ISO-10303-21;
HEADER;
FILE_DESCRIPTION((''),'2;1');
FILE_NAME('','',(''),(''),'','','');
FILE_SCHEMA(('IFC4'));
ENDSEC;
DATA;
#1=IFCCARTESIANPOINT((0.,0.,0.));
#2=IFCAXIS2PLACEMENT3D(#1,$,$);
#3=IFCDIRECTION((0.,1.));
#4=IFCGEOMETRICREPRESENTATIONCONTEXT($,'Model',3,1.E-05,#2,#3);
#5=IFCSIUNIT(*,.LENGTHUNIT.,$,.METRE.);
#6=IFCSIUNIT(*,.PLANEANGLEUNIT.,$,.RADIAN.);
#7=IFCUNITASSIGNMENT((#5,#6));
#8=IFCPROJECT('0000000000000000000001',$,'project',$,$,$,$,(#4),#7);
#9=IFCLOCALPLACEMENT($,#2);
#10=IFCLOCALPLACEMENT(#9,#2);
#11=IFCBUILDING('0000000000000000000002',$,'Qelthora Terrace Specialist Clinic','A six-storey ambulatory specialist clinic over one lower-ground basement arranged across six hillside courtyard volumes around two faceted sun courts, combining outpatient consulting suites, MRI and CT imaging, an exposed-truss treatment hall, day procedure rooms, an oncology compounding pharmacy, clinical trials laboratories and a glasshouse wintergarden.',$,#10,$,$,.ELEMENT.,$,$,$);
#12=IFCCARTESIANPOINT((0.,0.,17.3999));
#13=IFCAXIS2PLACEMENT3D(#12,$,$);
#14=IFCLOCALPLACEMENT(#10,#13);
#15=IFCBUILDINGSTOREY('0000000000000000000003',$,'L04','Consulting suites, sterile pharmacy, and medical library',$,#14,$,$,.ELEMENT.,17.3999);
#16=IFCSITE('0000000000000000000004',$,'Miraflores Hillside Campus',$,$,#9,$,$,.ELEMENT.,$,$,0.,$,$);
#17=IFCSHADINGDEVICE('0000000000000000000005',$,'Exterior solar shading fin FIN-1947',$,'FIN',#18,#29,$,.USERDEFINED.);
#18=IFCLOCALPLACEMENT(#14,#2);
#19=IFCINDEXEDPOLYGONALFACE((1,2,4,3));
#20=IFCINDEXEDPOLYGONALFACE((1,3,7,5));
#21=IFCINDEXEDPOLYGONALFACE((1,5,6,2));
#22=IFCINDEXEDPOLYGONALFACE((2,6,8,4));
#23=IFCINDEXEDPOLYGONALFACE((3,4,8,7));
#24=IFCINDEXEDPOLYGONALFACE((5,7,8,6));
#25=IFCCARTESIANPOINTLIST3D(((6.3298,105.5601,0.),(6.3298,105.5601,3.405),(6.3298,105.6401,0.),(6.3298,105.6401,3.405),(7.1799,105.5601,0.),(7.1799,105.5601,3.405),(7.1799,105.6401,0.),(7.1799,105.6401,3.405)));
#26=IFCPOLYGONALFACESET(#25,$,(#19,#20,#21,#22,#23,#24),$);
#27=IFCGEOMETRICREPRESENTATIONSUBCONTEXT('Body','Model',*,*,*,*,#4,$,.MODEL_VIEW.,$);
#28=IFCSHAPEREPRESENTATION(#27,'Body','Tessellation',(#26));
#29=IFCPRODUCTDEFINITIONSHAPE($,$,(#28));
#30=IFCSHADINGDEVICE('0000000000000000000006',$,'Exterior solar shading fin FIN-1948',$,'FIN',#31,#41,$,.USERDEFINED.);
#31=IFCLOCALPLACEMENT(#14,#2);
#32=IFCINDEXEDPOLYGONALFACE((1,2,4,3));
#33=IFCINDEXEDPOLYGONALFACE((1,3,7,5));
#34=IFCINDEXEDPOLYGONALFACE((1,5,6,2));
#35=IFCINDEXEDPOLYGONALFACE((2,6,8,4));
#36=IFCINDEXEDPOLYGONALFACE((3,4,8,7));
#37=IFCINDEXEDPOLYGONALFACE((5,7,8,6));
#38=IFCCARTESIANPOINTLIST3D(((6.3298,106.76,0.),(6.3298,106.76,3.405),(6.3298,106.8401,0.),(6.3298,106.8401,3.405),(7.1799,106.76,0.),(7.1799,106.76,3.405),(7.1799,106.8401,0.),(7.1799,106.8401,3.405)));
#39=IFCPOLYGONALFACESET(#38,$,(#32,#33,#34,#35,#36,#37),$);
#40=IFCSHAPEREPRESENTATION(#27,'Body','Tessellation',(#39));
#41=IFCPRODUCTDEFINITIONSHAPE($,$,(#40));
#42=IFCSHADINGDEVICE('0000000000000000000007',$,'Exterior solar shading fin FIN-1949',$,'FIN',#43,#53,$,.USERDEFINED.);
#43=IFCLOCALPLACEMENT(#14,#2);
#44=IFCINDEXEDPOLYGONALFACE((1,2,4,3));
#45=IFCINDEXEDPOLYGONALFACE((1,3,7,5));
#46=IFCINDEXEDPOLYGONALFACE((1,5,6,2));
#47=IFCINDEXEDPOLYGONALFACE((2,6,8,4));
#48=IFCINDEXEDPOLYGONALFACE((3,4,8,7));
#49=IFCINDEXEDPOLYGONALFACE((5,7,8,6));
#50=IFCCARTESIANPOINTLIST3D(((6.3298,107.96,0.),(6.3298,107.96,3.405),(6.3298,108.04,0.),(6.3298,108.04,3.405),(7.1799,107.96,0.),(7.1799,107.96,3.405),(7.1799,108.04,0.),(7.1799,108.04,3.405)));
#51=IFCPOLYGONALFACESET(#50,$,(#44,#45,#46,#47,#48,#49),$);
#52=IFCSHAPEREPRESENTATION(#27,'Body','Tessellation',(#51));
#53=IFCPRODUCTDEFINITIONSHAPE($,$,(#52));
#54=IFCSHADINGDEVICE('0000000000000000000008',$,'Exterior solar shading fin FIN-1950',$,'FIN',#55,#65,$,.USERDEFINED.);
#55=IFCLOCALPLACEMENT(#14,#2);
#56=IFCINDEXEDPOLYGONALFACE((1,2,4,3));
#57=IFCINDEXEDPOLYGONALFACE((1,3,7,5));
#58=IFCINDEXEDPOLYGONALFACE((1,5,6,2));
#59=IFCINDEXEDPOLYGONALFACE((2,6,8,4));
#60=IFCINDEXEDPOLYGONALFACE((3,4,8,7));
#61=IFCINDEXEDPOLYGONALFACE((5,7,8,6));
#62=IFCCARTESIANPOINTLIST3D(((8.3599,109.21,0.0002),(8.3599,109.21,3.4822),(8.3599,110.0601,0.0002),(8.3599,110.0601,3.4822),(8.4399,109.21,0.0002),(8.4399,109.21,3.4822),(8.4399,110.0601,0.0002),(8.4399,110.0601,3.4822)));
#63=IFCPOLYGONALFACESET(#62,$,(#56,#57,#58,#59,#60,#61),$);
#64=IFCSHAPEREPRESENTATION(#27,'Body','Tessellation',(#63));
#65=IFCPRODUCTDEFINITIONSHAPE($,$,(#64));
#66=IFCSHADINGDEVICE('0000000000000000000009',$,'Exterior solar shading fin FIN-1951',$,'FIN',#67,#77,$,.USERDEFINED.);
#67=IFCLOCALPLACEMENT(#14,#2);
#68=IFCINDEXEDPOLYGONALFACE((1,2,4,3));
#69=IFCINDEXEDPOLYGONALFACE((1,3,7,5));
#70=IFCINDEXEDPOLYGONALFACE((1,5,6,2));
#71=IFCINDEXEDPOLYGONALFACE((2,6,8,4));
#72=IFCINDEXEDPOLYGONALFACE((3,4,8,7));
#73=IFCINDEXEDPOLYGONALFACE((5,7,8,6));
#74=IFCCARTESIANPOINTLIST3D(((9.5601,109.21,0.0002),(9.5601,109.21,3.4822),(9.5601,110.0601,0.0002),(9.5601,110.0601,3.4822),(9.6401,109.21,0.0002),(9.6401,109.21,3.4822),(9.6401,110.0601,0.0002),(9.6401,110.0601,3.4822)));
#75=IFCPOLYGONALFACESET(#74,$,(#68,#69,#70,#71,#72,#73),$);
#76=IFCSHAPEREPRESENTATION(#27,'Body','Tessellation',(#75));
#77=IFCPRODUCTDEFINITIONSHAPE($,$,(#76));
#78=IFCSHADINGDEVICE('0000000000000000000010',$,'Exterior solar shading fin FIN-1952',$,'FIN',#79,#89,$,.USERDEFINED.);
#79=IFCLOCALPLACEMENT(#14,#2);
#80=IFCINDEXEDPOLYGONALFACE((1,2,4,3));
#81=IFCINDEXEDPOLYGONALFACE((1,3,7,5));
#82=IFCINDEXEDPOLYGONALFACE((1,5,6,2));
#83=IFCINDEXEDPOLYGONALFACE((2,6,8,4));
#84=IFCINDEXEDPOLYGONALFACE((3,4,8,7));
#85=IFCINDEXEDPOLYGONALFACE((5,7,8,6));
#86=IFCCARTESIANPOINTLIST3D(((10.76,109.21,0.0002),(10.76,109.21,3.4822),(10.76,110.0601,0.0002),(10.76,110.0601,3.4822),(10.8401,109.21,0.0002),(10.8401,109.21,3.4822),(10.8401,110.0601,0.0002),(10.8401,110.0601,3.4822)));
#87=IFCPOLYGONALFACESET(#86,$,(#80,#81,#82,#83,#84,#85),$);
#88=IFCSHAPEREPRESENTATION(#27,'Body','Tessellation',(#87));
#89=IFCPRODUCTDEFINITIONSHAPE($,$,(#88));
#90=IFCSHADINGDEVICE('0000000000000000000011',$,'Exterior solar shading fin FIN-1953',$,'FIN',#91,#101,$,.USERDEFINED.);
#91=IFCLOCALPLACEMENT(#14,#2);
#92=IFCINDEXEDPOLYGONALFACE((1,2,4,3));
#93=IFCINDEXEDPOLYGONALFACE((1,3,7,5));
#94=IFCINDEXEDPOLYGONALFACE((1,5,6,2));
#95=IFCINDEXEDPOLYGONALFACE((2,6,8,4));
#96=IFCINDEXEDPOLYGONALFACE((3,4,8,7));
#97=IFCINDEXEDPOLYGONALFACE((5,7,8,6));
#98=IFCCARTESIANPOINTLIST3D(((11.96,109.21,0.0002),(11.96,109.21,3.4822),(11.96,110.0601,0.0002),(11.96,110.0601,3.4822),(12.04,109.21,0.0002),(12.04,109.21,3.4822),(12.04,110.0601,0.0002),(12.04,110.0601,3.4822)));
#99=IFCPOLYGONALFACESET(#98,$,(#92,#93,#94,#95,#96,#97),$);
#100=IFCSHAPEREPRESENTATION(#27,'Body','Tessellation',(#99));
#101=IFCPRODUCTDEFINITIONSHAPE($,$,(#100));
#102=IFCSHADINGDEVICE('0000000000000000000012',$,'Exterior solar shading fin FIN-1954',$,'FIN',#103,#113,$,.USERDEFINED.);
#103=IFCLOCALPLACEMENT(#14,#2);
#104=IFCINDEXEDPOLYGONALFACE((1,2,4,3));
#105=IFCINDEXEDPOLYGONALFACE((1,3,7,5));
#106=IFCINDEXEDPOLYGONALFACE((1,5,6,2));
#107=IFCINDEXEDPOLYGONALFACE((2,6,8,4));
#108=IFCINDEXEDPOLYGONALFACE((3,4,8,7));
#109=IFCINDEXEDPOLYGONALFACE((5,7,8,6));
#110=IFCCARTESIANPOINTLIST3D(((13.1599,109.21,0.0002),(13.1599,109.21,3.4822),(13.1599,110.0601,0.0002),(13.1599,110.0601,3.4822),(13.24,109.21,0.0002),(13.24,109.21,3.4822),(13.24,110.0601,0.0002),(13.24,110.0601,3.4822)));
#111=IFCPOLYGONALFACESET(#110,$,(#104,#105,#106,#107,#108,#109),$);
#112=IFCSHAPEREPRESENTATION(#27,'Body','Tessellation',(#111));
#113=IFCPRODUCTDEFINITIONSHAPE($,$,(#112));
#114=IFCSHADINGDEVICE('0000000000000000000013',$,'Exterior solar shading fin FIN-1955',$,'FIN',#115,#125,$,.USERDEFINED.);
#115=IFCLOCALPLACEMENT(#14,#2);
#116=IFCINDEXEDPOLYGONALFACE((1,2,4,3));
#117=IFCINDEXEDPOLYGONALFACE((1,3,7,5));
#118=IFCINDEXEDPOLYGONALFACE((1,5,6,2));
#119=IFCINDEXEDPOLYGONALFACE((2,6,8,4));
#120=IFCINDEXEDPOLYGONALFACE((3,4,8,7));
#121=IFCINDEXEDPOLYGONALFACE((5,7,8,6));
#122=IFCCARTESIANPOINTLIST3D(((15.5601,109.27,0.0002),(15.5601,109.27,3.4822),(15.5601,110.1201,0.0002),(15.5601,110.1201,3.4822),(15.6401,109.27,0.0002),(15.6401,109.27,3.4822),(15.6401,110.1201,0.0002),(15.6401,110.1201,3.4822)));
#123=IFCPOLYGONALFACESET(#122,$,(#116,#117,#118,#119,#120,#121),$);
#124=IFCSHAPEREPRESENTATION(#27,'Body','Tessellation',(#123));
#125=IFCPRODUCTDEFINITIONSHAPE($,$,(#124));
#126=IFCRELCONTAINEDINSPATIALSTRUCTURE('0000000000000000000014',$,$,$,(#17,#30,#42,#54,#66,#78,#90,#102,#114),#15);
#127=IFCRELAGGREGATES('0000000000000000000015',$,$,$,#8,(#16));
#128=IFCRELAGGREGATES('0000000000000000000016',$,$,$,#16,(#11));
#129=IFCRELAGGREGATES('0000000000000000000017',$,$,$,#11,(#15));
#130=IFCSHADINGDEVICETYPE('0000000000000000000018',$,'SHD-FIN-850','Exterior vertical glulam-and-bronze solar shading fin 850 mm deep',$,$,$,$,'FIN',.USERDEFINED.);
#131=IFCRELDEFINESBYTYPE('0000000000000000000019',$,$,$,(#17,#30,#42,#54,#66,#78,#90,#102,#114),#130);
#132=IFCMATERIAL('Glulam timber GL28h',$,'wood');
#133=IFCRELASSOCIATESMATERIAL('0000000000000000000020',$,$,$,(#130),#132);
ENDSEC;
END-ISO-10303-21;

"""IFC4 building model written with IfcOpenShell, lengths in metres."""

from ifc_helpers import new_model, si_unit, direction, frame, origin, origin_2d, place, context, subcontext, project, spatial, rectangle, extrude, material, type_object, element, save


model = new_model("IFC4")

# Units and contexts
model_context = context("Model", 3, precision=1e-05, world=origin(), true_north=direction((0.0, 1.0)))
body_context = subcontext(model_context, "Body", "Model", "MODEL_VIEW")
ifc_project = project(units=[si_unit("LENGTHUNIT", "METRE"), si_unit("PLANEANGLEUNIT", "RADIAN")], contexts=[model_context])

# Site, building, storey
site_placement = place(None, origin())
site = spatial("IfcSite", under=ifc_project, at=site_placement, Name="Miraflores Hillside Campus", CompositionType="ELEMENT", RefElevation=0.0)
building_placement = place(site_placement, origin())
building = spatial("IfcBuilding", under=site, at=building_placement, Name="Qelthora Terrace Specialist Clinic", Description="A six-storey ambulatory specialist clinic over one lower-ground basement arranged across six hillside courtyard volumes around two faceted sun courts, combining outpatient consulting suites, MRI and CT imaging, an exposed-truss treatment hall, day procedure rooms, an oncology compounding pharmacy, clinical trials laboratories and a glasshouse wintergarden.", CompositionType="ELEMENT")
storey_placement = place(building_placement, frame((0.0, 0.0, 17.3999)))
storey = spatial("IfcBuildingStorey", under=building, at=storey_placement, Name="L04", Description="Consulting suites, sterile pharmacy, and medical library", CompositionType="ELEMENT", Elevation=17.3999)

# Shading devices
ifc_material_1 = material(Name="Glulam timber GL28h", Category="wood")
shading_device_type = type_object("IfcShadingDeviceType", Name="SHD-FIN-850", Description="Exterior vertical glulam-and-bronze solar shading fin 850 mm deep", ElementType="FIN", PredefinedType="USERDEFINED", material=ifc_material_1)
for number, where, z_axis, x_axis, name in (
    (1, (6.7549, 105.6001, 0.0), (0.0, 0.0, 1.0), (-1.0, 0.0, 0.0), "Exterior solar shading fin FIN-1947"),
    (2, (6.7549, 106.8, 0.0), (0.0, 0.0, 1.0), (-1.0, 0.0, 0.0), "Exterior solar shading fin FIN-1948"),
    (3, (6.7549, 108.0, 0.0), (0.0, 0.0, 1.0), (-1.0, 0.0, 0.0), "Exterior solar shading fin FIN-1949"),
):
    element("IfcShadingDevice", number, at=place(storey_placement, frame(where, z_axis=z_axis, x_axis=x_axis)), inside=storey, type_object=shading_device_type, Name=name, ObjectType="FIN", PredefinedType="USERDEFINED", context=body_context, shape_type="SweptSolid", body=[
        extrude(rectangle(XDim=0.8501, YDim=0.0801, at=origin_2d()), origin(), (0.0, 0.0, 1.0), 3.405),
    ])
for number, where, z_axis, x_axis, name in (
    (4, (8.3999, 109.635, 0.0002), (0.0, 0.0, 1.0), (0.0, 1.0, 0.0), "Exterior solar shading fin FIN-1950"),
    (5, (9.6001, 109.635, 0.0002), (0.0, 0.0, 1.0), (0.0, 1.0, 0.0), "Exterior solar shading fin FIN-1951"),
    (6, (10.8, 109.635, 0.0002), (0.0, 0.0, 1.0), (0.0, 1.0, 0.0), "Exterior solar shading fin FIN-1952"),
    (7, (12.0, 109.635, 0.0002), (0.0, 0.0, 1.0), (0.0, 1.0, 0.0), "Exterior solar shading fin FIN-1953"),
    (8, (13.2, 109.635, 0.0002), (0.0, 0.0, 1.0), (0.0, 1.0, 0.0), "Exterior solar shading fin FIN-1954"),
    (9, (15.6001, 109.6951, 0.0002), (0.0, 0.0, 1.0), (0.0, 1.0, 0.0), "Exterior solar shading fin FIN-1955"),
):
    element("IfcShadingDevice", number, at=place(storey_placement, frame(where, z_axis=z_axis, x_axis=x_axis)), inside=storey, type_object=shading_device_type, Name=name, ObjectType="FIN", PredefinedType="USERDEFINED", context=body_context, shape_type="SweptSolid", body=[
        extrude(rectangle(XDim=0.8501, YDim=0.0801, at=origin_2d()), origin(), (0.0, 0.0, 1.0), 3.4819),
    ])

save(model, "model.ifc")
